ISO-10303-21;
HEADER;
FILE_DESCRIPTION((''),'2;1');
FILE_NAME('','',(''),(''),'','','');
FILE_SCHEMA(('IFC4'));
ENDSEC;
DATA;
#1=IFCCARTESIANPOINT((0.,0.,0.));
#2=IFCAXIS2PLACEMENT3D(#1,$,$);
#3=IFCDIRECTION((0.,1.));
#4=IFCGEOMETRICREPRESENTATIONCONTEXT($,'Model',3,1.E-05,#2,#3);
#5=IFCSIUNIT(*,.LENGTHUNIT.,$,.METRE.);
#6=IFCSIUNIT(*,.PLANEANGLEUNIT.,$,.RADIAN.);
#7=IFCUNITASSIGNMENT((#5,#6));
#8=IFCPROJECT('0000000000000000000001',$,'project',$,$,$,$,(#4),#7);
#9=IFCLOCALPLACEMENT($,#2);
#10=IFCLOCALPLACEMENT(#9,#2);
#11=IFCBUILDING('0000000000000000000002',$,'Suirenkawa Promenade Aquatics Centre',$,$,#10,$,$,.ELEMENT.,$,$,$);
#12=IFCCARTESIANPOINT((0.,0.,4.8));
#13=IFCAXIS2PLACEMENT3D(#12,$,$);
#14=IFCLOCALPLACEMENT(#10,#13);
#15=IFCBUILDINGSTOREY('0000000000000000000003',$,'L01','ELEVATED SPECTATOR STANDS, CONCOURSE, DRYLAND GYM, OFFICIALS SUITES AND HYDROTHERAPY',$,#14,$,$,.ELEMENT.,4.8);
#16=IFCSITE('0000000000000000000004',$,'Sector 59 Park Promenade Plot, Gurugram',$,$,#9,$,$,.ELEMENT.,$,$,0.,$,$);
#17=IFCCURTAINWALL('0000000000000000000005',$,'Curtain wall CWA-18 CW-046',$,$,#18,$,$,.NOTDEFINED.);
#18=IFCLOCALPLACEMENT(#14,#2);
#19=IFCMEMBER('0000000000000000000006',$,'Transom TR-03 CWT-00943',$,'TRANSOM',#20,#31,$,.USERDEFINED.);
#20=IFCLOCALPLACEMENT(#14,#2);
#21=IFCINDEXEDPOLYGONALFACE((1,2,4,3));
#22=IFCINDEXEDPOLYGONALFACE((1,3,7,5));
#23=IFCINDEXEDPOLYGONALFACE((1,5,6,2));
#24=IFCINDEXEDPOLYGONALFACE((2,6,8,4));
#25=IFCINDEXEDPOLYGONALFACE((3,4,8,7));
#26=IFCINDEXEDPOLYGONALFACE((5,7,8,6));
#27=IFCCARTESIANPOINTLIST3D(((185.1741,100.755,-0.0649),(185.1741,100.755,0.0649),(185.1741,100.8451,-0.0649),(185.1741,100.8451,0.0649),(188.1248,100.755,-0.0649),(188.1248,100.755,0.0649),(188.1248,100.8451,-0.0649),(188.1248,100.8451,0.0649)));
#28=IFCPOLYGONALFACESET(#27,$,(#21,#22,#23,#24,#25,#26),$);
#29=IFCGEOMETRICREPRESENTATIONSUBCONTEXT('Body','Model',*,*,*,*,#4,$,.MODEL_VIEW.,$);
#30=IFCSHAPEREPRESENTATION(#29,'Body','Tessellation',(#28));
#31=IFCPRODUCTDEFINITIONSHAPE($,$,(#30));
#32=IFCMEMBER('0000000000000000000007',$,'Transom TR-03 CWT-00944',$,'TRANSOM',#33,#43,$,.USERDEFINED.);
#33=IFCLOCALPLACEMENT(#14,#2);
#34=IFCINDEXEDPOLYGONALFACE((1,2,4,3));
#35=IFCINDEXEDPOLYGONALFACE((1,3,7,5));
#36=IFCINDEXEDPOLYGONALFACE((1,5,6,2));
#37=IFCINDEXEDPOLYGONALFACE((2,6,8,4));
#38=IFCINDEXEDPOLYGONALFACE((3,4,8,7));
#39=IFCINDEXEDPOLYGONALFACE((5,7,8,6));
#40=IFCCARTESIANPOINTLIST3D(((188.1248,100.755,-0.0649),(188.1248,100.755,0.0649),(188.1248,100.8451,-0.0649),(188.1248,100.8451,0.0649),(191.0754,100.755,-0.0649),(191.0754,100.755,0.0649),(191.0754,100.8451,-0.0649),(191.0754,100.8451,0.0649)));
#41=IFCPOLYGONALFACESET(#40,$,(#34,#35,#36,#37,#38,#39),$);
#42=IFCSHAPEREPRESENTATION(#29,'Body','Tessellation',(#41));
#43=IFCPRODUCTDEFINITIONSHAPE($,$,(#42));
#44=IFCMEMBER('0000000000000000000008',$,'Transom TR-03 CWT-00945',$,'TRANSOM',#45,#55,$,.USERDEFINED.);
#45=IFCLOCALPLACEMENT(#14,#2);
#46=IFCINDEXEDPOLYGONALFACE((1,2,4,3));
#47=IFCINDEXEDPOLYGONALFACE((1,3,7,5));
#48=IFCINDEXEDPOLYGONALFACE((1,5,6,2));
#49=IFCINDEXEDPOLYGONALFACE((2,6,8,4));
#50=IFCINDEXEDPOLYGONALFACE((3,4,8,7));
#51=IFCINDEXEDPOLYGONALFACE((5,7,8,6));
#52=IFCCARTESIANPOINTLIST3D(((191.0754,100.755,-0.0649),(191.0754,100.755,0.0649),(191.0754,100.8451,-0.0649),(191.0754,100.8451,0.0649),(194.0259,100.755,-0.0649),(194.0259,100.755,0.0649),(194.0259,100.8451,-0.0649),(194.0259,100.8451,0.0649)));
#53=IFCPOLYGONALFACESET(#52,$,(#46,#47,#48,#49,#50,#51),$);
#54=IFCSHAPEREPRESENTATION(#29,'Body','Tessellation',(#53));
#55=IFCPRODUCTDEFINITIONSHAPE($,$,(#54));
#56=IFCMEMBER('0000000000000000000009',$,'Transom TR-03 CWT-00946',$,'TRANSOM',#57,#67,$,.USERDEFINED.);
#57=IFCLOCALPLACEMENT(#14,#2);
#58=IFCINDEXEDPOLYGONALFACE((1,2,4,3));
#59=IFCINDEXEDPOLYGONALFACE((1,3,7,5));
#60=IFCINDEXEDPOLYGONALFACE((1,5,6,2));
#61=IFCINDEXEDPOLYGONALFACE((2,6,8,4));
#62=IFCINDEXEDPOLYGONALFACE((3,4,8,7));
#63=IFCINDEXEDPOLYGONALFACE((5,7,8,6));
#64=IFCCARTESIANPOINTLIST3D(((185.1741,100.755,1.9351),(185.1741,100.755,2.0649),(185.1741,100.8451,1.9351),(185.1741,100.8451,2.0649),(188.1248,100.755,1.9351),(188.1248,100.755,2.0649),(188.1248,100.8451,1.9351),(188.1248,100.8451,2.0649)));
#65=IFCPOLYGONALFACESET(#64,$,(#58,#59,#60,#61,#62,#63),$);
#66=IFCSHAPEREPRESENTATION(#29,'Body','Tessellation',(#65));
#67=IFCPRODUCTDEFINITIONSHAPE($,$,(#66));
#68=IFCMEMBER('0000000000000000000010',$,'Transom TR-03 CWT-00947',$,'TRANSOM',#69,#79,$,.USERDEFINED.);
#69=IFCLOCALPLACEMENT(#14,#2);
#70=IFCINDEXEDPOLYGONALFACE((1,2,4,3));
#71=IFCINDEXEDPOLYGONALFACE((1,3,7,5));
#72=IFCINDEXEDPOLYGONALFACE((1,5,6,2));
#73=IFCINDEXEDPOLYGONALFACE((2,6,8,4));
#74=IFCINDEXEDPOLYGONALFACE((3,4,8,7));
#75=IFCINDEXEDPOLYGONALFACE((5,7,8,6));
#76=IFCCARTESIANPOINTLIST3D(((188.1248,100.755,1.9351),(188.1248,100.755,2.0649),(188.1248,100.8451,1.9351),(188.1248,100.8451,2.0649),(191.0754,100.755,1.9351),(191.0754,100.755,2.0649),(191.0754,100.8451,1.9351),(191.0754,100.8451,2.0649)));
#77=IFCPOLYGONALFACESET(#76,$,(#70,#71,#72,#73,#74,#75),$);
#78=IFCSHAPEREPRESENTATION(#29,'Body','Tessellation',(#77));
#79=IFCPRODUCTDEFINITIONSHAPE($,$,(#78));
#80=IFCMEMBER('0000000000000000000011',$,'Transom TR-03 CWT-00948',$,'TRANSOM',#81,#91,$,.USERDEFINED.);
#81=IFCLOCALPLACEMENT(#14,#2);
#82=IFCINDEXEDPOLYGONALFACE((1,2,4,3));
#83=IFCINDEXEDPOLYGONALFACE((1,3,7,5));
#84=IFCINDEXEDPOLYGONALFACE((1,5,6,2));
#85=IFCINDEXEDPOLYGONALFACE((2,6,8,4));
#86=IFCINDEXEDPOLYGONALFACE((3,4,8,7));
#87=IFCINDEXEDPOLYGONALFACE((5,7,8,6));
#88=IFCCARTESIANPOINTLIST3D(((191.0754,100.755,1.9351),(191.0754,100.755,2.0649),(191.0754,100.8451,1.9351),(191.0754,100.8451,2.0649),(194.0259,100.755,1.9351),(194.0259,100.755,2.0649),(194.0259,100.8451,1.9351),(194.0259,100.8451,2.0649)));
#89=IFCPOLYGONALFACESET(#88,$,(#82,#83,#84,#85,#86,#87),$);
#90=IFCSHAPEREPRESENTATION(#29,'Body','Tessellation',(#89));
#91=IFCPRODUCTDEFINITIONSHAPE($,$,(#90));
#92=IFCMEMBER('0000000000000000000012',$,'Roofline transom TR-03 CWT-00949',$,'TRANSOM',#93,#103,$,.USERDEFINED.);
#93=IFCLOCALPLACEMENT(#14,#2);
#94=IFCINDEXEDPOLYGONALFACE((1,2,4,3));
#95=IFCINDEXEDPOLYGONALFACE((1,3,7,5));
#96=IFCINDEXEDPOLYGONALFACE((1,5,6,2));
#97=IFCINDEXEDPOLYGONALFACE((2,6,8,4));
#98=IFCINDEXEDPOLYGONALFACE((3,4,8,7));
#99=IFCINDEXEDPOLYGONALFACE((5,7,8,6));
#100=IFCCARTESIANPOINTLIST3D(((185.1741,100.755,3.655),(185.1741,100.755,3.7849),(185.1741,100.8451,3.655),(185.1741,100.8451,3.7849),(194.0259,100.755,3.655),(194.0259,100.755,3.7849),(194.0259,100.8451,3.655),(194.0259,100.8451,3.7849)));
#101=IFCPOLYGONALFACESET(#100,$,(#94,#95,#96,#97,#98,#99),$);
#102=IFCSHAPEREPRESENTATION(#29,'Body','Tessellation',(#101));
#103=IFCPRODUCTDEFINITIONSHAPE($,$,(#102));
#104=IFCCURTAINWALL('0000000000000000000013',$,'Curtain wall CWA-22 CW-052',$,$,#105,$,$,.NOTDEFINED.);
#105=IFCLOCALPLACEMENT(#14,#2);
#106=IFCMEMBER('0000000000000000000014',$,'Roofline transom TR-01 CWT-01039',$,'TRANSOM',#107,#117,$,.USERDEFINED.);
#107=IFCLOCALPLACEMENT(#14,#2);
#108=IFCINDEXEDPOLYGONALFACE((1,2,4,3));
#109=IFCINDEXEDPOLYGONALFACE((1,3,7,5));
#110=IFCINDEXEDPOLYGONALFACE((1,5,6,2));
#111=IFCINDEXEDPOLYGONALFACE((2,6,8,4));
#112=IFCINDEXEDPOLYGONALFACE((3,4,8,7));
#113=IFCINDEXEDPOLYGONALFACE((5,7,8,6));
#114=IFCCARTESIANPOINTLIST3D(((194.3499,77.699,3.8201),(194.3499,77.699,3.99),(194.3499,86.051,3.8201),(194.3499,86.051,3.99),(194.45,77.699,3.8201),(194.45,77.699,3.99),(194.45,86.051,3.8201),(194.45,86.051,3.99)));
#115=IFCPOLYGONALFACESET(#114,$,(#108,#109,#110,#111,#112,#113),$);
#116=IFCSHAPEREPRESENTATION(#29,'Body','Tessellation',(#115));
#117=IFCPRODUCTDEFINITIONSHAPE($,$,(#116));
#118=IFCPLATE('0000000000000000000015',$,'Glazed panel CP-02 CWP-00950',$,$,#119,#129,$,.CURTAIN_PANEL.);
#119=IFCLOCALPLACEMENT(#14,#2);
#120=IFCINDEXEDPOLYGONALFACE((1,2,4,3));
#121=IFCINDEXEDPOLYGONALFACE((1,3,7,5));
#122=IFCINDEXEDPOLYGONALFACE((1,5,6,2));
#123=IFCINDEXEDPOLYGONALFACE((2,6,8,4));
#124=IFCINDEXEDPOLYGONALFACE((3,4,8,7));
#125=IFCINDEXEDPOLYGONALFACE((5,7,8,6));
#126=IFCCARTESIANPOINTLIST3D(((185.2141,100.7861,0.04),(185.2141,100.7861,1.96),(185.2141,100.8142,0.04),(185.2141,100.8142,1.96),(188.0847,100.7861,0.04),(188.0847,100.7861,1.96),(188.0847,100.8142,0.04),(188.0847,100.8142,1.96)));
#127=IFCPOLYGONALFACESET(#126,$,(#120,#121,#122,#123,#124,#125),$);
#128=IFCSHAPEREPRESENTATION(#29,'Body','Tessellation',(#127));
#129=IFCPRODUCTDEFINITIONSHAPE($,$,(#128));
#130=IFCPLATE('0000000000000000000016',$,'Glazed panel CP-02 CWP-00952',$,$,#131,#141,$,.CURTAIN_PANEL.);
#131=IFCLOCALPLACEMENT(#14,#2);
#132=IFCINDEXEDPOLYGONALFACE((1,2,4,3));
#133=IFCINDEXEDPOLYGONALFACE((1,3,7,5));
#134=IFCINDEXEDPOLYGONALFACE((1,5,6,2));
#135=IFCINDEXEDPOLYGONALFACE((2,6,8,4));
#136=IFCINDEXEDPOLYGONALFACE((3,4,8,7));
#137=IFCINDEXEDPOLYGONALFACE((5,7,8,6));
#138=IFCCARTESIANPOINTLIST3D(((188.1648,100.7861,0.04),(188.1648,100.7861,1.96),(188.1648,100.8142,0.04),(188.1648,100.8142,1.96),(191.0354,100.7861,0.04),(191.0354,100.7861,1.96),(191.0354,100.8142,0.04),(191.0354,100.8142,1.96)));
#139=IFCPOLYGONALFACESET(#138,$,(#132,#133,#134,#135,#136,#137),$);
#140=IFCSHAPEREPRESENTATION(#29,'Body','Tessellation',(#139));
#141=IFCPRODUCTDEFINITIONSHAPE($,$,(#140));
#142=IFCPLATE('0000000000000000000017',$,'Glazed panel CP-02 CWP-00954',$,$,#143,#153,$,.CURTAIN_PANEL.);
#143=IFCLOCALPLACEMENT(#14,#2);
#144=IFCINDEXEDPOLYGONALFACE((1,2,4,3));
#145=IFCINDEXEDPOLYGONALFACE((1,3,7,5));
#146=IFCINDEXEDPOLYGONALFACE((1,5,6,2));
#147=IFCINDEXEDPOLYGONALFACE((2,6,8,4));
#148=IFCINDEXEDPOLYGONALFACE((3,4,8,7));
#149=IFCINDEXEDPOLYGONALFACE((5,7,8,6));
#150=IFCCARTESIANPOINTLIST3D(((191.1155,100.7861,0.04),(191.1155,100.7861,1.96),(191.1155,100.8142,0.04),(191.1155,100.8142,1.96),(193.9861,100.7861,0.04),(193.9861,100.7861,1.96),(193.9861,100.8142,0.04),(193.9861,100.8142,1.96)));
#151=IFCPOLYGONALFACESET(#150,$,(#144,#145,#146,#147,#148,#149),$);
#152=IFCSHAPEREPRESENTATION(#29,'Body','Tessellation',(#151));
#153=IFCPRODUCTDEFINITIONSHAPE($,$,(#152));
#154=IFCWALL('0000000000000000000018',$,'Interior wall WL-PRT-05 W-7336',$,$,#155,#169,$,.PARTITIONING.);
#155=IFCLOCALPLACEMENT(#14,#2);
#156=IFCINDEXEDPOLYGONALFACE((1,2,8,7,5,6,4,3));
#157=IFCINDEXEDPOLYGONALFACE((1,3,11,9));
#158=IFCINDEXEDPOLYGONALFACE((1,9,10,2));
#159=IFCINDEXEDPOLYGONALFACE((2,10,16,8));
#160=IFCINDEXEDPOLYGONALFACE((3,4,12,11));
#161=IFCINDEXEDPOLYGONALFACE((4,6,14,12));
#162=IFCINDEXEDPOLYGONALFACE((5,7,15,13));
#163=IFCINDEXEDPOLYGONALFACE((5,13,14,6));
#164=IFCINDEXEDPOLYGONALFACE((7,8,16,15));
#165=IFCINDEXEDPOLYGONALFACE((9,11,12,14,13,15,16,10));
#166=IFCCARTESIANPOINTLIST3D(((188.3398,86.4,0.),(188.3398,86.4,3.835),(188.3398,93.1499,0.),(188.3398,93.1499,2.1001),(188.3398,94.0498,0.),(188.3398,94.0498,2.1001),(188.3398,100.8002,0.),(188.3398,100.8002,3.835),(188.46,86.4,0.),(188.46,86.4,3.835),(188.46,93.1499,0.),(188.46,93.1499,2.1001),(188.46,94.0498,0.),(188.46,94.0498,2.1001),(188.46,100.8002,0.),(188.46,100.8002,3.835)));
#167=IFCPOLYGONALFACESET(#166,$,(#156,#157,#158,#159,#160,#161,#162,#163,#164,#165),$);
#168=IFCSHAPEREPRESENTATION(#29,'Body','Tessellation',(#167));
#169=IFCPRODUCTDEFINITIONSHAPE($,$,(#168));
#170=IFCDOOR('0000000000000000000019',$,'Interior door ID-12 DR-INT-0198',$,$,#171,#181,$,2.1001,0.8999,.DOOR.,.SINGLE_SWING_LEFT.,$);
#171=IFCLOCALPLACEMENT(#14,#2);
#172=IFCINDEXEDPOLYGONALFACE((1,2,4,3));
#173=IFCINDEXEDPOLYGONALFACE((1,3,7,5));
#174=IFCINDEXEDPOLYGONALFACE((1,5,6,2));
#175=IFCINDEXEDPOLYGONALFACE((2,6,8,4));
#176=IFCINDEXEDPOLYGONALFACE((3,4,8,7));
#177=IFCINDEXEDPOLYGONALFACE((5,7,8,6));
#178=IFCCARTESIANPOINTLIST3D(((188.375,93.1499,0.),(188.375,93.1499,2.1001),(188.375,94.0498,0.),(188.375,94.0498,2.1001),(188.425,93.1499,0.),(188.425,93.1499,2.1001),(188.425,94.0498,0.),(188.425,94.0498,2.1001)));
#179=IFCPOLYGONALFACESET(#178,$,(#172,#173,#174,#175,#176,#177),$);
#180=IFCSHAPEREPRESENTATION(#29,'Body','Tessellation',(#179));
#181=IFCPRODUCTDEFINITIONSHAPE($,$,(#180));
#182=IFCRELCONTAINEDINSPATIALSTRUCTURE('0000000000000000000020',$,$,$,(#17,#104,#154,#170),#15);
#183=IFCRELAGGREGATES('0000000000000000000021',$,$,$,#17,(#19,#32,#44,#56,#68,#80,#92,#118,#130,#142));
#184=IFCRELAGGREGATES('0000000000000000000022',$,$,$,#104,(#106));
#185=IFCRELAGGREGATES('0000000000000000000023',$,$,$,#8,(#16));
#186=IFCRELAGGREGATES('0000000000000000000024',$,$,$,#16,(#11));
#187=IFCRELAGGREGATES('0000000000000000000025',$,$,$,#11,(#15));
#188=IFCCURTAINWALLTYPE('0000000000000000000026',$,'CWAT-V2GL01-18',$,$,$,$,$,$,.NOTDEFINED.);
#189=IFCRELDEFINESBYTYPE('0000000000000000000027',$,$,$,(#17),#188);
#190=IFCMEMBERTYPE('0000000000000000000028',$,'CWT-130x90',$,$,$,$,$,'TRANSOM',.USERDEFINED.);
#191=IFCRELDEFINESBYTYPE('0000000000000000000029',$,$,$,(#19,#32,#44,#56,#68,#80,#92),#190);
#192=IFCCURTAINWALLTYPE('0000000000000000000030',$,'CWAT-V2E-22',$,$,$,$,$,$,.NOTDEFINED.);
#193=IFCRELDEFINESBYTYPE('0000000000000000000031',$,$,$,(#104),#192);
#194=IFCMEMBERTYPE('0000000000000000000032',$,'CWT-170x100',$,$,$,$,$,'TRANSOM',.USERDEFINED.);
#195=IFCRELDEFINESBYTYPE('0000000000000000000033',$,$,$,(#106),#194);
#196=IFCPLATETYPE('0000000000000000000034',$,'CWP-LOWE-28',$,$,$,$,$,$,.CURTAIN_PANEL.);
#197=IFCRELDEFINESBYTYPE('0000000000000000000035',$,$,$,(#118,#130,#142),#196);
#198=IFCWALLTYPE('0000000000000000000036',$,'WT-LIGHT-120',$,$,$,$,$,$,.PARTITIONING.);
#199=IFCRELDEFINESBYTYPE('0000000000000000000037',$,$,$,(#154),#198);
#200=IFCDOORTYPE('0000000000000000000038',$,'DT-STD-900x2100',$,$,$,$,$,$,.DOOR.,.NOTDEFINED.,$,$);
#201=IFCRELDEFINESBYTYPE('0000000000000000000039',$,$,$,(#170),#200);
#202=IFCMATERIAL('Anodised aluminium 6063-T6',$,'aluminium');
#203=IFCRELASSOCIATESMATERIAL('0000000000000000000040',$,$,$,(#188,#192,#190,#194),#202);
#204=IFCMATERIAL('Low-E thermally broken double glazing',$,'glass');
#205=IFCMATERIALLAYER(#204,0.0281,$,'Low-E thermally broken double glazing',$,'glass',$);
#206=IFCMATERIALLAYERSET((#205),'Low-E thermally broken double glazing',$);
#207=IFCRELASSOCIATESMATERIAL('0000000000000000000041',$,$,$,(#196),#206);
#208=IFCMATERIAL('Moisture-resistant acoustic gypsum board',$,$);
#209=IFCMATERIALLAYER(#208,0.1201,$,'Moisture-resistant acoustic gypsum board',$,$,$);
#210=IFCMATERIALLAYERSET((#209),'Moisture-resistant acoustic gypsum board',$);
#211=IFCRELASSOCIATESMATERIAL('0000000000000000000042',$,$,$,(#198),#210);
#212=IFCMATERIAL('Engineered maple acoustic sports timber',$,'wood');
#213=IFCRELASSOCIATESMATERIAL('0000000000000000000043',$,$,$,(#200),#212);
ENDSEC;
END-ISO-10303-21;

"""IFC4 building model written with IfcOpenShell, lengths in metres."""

from ifc_helpers import new_model, si_unit, direction, frame, frame_2d, origin, origin_2d, place, context, subcontext, project, spatial, polyline, rectangle, outline, extrude, material, layer, layer_set, material_profile, profile_set, type_object, element, fill, aggregate, save


model = new_model("IFC4")

# Units and contexts
model_context = context("Model", 3, precision=1e-05, world=origin(), true_north=direction((0.0, 1.0)))
body_context = subcontext(model_context, "Body", "Model", "MODEL_VIEW")
ifc_project = project(units=[si_unit("LENGTHUNIT", "METRE"), si_unit("PLANEANGLEUNIT", "RADIAN")], contexts=[model_context])

# Site, building, storey
site_placement = place(None, origin())
site = spatial("IfcSite", under=ifc_project, at=site_placement, Name="Sector 59 Park Promenade Plot, Gurugram", CompositionType="ELEMENT", RefElevation=0.0)
building_placement = place(site_placement, origin())
building = spatial("IfcBuilding", under=site, at=building_placement, Name="Suirenkawa Promenade Aquatics Centre", CompositionType="ELEMENT")
storey_placement = place(building_placement, frame((0.0, 0.0, 4.8)))
storey = spatial("IfcBuildingStorey", under=building, at=storey_placement, Name="L01", Description="ELEVATED SPECTATOR STANDS, CONCOURSE, DRYLAND GYM, OFFICIALS SUITES AND HYDROTHERAPY", CompositionType="ELEMENT", Elevation=4.8)

# Curtain wall, members
ifc_material_1 = material(Name="Anodised aluminium 6063-T6", Category="aluminium")
curtain_wall_type_1 = type_object("IfcCurtainWallType", Name="CWAT-V2GL01-18", PredefinedType="NOTDEFINED", material=ifc_material_1)
curtain_wall_1_placement = place(storey_placement, origin())
curtain_wall_1 = element("IfcCurtainWall", 1, at=curtain_wall_1_placement, inside=storey, type_object=curtain_wall_type_1, Name="Curtain wall CWA-18 CW-046", PredefinedType="NOTDEFINED")
ifc_material_profile_1 = material_profile(ifc_material_1, rectangle(XDim=0.0901, YDim=0.1299, at=origin_2d()), Name="ALU TRAN 90x130", Category="aluminium")
ifc_profile_set_1 = profile_set([ifc_material_profile_1], Name="Anodised aluminium 6063-T6")
member_type_1 = type_object("IfcMemberType", Name="CWT-130x90", ElementType="TRANSOM", PredefinedType="USERDEFINED", material=ifc_profile_set_1)
member_1_placement = place(storey_placement, frame((185.1741, 100.8, 0.0), z_axis=(1.0, 0.0, 0.0), x_axis=(0.0, 1.0, 0.0)))
member_1 = element("IfcMember", 2, at=member_1_placement, type_object=member_type_1, Name="Transom TR-03 CWT-00943", ObjectType="TRANSOM", PredefinedType="USERDEFINED", context=body_context, shape_type="SweptSolid", body=[
    extrude(rectangle(XDim=0.0901, YDim=0.1299, at=origin_2d()), origin(), (0.0, 0.0, 1.0), 2.9507),
])
member_2_placement = place(storey_placement, frame((188.1248, 100.8, 0.0), z_axis=(1.0, 0.0, 0.0), x_axis=(0.0, 1.0, 0.0)))
member_2 = element("IfcMember", 3, at=member_2_placement, type_object=member_type_1, Name="Transom TR-03 CWT-00944", ObjectType="TRANSOM", PredefinedType="USERDEFINED", context=body_context, shape_type="SweptSolid", body=[
    extrude(rectangle(XDim=0.0901, YDim=0.1299, at=origin_2d()), origin(), (0.0, 0.0, 1.0), 2.9507),
])
member_3_placement = place(storey_placement, frame((191.0754, 100.8, 0.0), z_axis=(1.0, 0.0, 0.0), x_axis=(0.0, 1.0, 0.0)))
member_3 = element("IfcMember", 4, at=member_3_placement, type_object=member_type_1, Name="Transom TR-03 CWT-00945", ObjectType="TRANSOM", PredefinedType="USERDEFINED", context=body_context, shape_type="SweptSolid", body=[
    extrude(rectangle(XDim=0.0901, YDim=0.1299, at=origin_2d()), origin(), (0.0, 0.0, 1.0), 2.9504),
])
member_4_placement = place(storey_placement, frame((185.1741, 100.8, 2.0), z_axis=(1.0, 0.0, 0.0), x_axis=(0.0, 1.0, 0.0)))
member_4 = element("IfcMember", 5, at=member_4_placement, type_object=member_type_1, Name="Transom TR-03 CWT-00946", ObjectType="TRANSOM", PredefinedType="USERDEFINED", context=body_context, shape_type="SweptSolid", body=[
    extrude(rectangle(XDim=0.0901, YDim=0.1299, at=origin_2d()), origin(), (0.0, 0.0, 1.0), 2.9507),
])
member_5_placement = place(storey_placement, frame((188.1248, 100.8, 2.0), z_axis=(1.0, 0.0, 0.0), x_axis=(0.0, 1.0, 0.0)))
member_5 = element("IfcMember", 6, at=member_5_placement, type_object=member_type_1, Name="Transom TR-03 CWT-00947", ObjectType="TRANSOM", PredefinedType="USERDEFINED", context=body_context, shape_type="SweptSolid", body=[
    extrude(rectangle(XDim=0.0901, YDim=0.1299, at=origin_2d()), origin(), (0.0, 0.0, 1.0), 2.9507),
])
member_6_placement = place(storey_placement, frame((191.0754, 100.8, 2.0), z_axis=(1.0, 0.0, 0.0), x_axis=(0.0, 1.0, 0.0)))
member_6 = element("IfcMember", 7, at=member_6_placement, type_object=member_type_1, Name="Transom TR-03 CWT-00948", ObjectType="TRANSOM", PredefinedType="USERDEFINED", context=body_context, shape_type="SweptSolid", body=[
    extrude(rectangle(XDim=0.0901, YDim=0.1299, at=origin_2d()), origin(), (0.0, 0.0, 1.0), 2.9504),
])
member_7_placement = place(storey_placement, frame((185.1741, 100.8, 3.72), z_axis=(1.0, 0.0, 0.0), x_axis=(0.0, 1.0, 0.0)))
member_7 = element("IfcMember", 8, at=member_7_placement, type_object=member_type_1, Name="Roofline transom TR-03 CWT-00949", ObjectType="TRANSOM", PredefinedType="USERDEFINED", context=body_context, shape_type="SweptSolid", body=[
    extrude(rectangle(XDim=0.0901, YDim=0.1299, at=origin_2d()), origin(), (0.0, 0.0, 1.0), 8.8518),
])

# Curtain wall, member
curtain_wall_type_2 = type_object("IfcCurtainWallType", Name="CWAT-V2E-22", PredefinedType="NOTDEFINED", material=ifc_material_1)
curtain_wall_2_placement = place(storey_placement, origin())
curtain_wall_2 = element("IfcCurtainWall", 9, at=curtain_wall_2_placement, inside=storey, type_object=curtain_wall_type_2, Name="Curtain wall CWA-22 CW-052", PredefinedType="NOTDEFINED")
ifc_material_profile_2 = material_profile(ifc_material_1, rectangle(XDim=0.1001, YDim=0.1699, at=origin_2d()), Name="ALU TRAN 100x170", Category="aluminium")
ifc_profile_set_2 = profile_set([ifc_material_profile_2], Name="Anodised aluminium 6063-T6")
member_type_2 = type_object("IfcMemberType", Name="CWT-170x100", ElementType="TRANSOM", PredefinedType="USERDEFINED", material=ifc_profile_set_2)
member_8_placement = place(storey_placement, frame((194.3999, 86.051, 3.905), z_axis=(0.0, -1.0, 0.0), x_axis=(1.0, 0.0, 0.0)))
member_8 = element("IfcMember", 10, at=member_8_placement, type_object=member_type_2, Name="Roofline transom TR-01 CWT-01039", ObjectType="TRANSOM", PredefinedType="USERDEFINED", context=body_context, shape_type="SweptSolid", body=[
    extrude(rectangle(XDim=0.1001, YDim=0.1699, at=origin_2d()), origin(), (0.0, 0.0, 1.0), 8.3521),
])

# Plates
ifc_material_2 = material(Name="Low-E thermally broken double glazing", Category="glass")
ifc_layer_1 = layer(ifc_material_2, 0.0281, Name="Low-E thermally broken double glazing", Category="glass")
ifc_layer_set_1 = layer_set([ifc_layer_1], Name="Low-E thermally broken double glazing")
plate_type_1 = type_object("IfcPlateType", Name="CWP-LOWE-28", PredefinedType="CURTAIN_PANEL", material=ifc_layer_set_1)
plate_1_placement = place(storey_placement, frame((185.1741, 100.8, 0.04), z_axis=(0.0, 0.0, 1.0), x_axis=(1.0, 0.0, 0.0)))
plate_1 = element("IfcPlate", 11, at=plate_1_placement, type_object=plate_type_1, Name="Glazed panel CP-02 CWP-00950", PredefinedType="CURTAIN_PANEL", context=body_context, shape_type="SweptSolid", body=[
    extrude(outline(polyline([(0.04, 0.0), (2.9106, 0.0), (2.9106, 1.9199), (0.04, 1.9199), (0.04, 0.0)])), frame((0.0, 0.0142, 0.0), z_axis=(0.0, -1.0, 0.0), x_axis=(1.0, 0.0, 0.0)), (0.0, 0.0, 1.0), 0.0281),
])
plate_2_placement = place(storey_placement, frame((188.1248, 100.8, 0.04), z_axis=(0.0, 0.0, 1.0), x_axis=(1.0, 0.0, 0.0)))
plate_2 = element("IfcPlate", 12, at=plate_2_placement, type_object=plate_type_1, Name="Glazed panel CP-02 CWP-00952", PredefinedType="CURTAIN_PANEL", context=body_context, shape_type="SweptSolid", body=[
    extrude(outline(polyline([(0.04, 0.0), (2.9106, 0.0), (2.9106, 1.9199), (0.04, 1.9199), (0.04, 0.0)])), frame((0.0, 0.0142, 0.0), z_axis=(0.0, -1.0, 0.0), x_axis=(1.0, 0.0, 0.0)), (0.0, 0.0, 1.0), 0.0281),
])
plate_3_placement = place(storey_placement, frame((191.0754, 100.8, 0.04), z_axis=(0.0, 0.0, 1.0), x_axis=(1.0, 0.0, 0.0)))
plate_3 = element("IfcPlate", 13, at=plate_3_placement, type_object=plate_type_1, Name="Glazed panel CP-02 CWP-00954", PredefinedType="CURTAIN_PANEL", context=body_context, shape_type="SweptSolid", body=[
    extrude(outline(polyline([(0.04, 0.0), (2.9106, 0.0), (2.9106, 1.9199), (0.04, 1.9199), (0.04, 0.0)])), frame((0.0, 0.0142, 0.0), z_axis=(0.0, -1.0, 0.0), x_axis=(1.0, 0.0, 0.0)), (0.0, 0.0, 1.0), 0.0281),
])
aggregate(curtain_wall_1, [member_1, member_2, member_3, member_4, member_5, member_6, member_7, plate_1, plate_2, plate_3])
aggregate(curtain_wall_2, [member_8])

# Wall, opening, door
ifc_material_3 = material(Name="Moisture-resistant acoustic gypsum board")
ifc_layer_2 = layer(ifc_material_3, 0.1201, Name="Moisture-resistant acoustic gypsum board")
ifc_layer_set_2 = layer_set([ifc_layer_2], Name="Moisture-resistant acoustic gypsum board")
wall_type_1 = type_object("IfcWallType", Name="WT-LIGHT-120", PredefinedType="PARTITIONING", material=ifc_layer_set_2)
wall_1_placement = place(storey_placement, frame((188.3999, 86.3999, 0.0), z_axis=(0.0, 0.0, 1.0), x_axis=(0.0, 1.0, 0.0)))
wall_1 = element("IfcWall", 14, at=wall_1_placement, inside=storey, type_object=wall_type_1, Name="Interior wall WL-PRT-05 W-7336", PredefinedType="PARTITIONING", context=body_context, shape_type="SweptSolid", body=[
    extrude(rectangle(XDim=14.4001, YDim=0.1201, at=frame_2d((7.2002, 0.0))), origin(), (0.0, 0.0, 1.0), 3.835),
])
opening_1_placement = place(wall_1_placement, frame((6.75, 0.0, 0.0)))
opening_1 = element("IfcOpeningElement", 15, at=opening_1_placement, cuts=wall_1, PredefinedType="OPENING", context=body_context, shape_type="SweptSolid", body=[
    extrude(rectangle(XDim=0.8999, YDim=2.1001, at=frame_2d((0.45, 1.05))), frame((0.0, 0.0701, 0.0), z_axis=(0.0, -1.0, 0.0), x_axis=(1.0, 0.0, 0.0)), (0.0, 0.0, 1.0), 0.1401),
])
ifc_material_4 = material(Name="Engineered maple acoustic sports timber", Category="wood")
door_type_1 = type_object("IfcDoorType", Name="DT-STD-900x2100", OperationType="NOTDEFINED", PredefinedType="DOOR", material=ifc_material_4)
door_1_placement = place(opening_1_placement, origin())
door_1 = element("IfcDoor", 16, at=door_1_placement, inside=storey, type_object=door_type_1, Name="Interior door ID-12 DR-INT-0198", OperationType="SINGLE_SWING_LEFT", OverallHeight=2.1001, OverallWidth=0.8999, PredefinedType="DOOR", context=body_context, shape_type="SweptSolid", body=[
    extrude(rectangle(XDim=0.8999, YDim=2.1001, at=frame_2d((0.45, 1.05))), frame((0.0, 0.0249, 0.0), z_axis=(0.0, -1.0, 0.0), x_axis=(1.0, 0.0, 0.0)), (0.0, 0.0, 1.0), 0.05),
])
fill(opening_1, door_1)

save(model, "model.ifc")
